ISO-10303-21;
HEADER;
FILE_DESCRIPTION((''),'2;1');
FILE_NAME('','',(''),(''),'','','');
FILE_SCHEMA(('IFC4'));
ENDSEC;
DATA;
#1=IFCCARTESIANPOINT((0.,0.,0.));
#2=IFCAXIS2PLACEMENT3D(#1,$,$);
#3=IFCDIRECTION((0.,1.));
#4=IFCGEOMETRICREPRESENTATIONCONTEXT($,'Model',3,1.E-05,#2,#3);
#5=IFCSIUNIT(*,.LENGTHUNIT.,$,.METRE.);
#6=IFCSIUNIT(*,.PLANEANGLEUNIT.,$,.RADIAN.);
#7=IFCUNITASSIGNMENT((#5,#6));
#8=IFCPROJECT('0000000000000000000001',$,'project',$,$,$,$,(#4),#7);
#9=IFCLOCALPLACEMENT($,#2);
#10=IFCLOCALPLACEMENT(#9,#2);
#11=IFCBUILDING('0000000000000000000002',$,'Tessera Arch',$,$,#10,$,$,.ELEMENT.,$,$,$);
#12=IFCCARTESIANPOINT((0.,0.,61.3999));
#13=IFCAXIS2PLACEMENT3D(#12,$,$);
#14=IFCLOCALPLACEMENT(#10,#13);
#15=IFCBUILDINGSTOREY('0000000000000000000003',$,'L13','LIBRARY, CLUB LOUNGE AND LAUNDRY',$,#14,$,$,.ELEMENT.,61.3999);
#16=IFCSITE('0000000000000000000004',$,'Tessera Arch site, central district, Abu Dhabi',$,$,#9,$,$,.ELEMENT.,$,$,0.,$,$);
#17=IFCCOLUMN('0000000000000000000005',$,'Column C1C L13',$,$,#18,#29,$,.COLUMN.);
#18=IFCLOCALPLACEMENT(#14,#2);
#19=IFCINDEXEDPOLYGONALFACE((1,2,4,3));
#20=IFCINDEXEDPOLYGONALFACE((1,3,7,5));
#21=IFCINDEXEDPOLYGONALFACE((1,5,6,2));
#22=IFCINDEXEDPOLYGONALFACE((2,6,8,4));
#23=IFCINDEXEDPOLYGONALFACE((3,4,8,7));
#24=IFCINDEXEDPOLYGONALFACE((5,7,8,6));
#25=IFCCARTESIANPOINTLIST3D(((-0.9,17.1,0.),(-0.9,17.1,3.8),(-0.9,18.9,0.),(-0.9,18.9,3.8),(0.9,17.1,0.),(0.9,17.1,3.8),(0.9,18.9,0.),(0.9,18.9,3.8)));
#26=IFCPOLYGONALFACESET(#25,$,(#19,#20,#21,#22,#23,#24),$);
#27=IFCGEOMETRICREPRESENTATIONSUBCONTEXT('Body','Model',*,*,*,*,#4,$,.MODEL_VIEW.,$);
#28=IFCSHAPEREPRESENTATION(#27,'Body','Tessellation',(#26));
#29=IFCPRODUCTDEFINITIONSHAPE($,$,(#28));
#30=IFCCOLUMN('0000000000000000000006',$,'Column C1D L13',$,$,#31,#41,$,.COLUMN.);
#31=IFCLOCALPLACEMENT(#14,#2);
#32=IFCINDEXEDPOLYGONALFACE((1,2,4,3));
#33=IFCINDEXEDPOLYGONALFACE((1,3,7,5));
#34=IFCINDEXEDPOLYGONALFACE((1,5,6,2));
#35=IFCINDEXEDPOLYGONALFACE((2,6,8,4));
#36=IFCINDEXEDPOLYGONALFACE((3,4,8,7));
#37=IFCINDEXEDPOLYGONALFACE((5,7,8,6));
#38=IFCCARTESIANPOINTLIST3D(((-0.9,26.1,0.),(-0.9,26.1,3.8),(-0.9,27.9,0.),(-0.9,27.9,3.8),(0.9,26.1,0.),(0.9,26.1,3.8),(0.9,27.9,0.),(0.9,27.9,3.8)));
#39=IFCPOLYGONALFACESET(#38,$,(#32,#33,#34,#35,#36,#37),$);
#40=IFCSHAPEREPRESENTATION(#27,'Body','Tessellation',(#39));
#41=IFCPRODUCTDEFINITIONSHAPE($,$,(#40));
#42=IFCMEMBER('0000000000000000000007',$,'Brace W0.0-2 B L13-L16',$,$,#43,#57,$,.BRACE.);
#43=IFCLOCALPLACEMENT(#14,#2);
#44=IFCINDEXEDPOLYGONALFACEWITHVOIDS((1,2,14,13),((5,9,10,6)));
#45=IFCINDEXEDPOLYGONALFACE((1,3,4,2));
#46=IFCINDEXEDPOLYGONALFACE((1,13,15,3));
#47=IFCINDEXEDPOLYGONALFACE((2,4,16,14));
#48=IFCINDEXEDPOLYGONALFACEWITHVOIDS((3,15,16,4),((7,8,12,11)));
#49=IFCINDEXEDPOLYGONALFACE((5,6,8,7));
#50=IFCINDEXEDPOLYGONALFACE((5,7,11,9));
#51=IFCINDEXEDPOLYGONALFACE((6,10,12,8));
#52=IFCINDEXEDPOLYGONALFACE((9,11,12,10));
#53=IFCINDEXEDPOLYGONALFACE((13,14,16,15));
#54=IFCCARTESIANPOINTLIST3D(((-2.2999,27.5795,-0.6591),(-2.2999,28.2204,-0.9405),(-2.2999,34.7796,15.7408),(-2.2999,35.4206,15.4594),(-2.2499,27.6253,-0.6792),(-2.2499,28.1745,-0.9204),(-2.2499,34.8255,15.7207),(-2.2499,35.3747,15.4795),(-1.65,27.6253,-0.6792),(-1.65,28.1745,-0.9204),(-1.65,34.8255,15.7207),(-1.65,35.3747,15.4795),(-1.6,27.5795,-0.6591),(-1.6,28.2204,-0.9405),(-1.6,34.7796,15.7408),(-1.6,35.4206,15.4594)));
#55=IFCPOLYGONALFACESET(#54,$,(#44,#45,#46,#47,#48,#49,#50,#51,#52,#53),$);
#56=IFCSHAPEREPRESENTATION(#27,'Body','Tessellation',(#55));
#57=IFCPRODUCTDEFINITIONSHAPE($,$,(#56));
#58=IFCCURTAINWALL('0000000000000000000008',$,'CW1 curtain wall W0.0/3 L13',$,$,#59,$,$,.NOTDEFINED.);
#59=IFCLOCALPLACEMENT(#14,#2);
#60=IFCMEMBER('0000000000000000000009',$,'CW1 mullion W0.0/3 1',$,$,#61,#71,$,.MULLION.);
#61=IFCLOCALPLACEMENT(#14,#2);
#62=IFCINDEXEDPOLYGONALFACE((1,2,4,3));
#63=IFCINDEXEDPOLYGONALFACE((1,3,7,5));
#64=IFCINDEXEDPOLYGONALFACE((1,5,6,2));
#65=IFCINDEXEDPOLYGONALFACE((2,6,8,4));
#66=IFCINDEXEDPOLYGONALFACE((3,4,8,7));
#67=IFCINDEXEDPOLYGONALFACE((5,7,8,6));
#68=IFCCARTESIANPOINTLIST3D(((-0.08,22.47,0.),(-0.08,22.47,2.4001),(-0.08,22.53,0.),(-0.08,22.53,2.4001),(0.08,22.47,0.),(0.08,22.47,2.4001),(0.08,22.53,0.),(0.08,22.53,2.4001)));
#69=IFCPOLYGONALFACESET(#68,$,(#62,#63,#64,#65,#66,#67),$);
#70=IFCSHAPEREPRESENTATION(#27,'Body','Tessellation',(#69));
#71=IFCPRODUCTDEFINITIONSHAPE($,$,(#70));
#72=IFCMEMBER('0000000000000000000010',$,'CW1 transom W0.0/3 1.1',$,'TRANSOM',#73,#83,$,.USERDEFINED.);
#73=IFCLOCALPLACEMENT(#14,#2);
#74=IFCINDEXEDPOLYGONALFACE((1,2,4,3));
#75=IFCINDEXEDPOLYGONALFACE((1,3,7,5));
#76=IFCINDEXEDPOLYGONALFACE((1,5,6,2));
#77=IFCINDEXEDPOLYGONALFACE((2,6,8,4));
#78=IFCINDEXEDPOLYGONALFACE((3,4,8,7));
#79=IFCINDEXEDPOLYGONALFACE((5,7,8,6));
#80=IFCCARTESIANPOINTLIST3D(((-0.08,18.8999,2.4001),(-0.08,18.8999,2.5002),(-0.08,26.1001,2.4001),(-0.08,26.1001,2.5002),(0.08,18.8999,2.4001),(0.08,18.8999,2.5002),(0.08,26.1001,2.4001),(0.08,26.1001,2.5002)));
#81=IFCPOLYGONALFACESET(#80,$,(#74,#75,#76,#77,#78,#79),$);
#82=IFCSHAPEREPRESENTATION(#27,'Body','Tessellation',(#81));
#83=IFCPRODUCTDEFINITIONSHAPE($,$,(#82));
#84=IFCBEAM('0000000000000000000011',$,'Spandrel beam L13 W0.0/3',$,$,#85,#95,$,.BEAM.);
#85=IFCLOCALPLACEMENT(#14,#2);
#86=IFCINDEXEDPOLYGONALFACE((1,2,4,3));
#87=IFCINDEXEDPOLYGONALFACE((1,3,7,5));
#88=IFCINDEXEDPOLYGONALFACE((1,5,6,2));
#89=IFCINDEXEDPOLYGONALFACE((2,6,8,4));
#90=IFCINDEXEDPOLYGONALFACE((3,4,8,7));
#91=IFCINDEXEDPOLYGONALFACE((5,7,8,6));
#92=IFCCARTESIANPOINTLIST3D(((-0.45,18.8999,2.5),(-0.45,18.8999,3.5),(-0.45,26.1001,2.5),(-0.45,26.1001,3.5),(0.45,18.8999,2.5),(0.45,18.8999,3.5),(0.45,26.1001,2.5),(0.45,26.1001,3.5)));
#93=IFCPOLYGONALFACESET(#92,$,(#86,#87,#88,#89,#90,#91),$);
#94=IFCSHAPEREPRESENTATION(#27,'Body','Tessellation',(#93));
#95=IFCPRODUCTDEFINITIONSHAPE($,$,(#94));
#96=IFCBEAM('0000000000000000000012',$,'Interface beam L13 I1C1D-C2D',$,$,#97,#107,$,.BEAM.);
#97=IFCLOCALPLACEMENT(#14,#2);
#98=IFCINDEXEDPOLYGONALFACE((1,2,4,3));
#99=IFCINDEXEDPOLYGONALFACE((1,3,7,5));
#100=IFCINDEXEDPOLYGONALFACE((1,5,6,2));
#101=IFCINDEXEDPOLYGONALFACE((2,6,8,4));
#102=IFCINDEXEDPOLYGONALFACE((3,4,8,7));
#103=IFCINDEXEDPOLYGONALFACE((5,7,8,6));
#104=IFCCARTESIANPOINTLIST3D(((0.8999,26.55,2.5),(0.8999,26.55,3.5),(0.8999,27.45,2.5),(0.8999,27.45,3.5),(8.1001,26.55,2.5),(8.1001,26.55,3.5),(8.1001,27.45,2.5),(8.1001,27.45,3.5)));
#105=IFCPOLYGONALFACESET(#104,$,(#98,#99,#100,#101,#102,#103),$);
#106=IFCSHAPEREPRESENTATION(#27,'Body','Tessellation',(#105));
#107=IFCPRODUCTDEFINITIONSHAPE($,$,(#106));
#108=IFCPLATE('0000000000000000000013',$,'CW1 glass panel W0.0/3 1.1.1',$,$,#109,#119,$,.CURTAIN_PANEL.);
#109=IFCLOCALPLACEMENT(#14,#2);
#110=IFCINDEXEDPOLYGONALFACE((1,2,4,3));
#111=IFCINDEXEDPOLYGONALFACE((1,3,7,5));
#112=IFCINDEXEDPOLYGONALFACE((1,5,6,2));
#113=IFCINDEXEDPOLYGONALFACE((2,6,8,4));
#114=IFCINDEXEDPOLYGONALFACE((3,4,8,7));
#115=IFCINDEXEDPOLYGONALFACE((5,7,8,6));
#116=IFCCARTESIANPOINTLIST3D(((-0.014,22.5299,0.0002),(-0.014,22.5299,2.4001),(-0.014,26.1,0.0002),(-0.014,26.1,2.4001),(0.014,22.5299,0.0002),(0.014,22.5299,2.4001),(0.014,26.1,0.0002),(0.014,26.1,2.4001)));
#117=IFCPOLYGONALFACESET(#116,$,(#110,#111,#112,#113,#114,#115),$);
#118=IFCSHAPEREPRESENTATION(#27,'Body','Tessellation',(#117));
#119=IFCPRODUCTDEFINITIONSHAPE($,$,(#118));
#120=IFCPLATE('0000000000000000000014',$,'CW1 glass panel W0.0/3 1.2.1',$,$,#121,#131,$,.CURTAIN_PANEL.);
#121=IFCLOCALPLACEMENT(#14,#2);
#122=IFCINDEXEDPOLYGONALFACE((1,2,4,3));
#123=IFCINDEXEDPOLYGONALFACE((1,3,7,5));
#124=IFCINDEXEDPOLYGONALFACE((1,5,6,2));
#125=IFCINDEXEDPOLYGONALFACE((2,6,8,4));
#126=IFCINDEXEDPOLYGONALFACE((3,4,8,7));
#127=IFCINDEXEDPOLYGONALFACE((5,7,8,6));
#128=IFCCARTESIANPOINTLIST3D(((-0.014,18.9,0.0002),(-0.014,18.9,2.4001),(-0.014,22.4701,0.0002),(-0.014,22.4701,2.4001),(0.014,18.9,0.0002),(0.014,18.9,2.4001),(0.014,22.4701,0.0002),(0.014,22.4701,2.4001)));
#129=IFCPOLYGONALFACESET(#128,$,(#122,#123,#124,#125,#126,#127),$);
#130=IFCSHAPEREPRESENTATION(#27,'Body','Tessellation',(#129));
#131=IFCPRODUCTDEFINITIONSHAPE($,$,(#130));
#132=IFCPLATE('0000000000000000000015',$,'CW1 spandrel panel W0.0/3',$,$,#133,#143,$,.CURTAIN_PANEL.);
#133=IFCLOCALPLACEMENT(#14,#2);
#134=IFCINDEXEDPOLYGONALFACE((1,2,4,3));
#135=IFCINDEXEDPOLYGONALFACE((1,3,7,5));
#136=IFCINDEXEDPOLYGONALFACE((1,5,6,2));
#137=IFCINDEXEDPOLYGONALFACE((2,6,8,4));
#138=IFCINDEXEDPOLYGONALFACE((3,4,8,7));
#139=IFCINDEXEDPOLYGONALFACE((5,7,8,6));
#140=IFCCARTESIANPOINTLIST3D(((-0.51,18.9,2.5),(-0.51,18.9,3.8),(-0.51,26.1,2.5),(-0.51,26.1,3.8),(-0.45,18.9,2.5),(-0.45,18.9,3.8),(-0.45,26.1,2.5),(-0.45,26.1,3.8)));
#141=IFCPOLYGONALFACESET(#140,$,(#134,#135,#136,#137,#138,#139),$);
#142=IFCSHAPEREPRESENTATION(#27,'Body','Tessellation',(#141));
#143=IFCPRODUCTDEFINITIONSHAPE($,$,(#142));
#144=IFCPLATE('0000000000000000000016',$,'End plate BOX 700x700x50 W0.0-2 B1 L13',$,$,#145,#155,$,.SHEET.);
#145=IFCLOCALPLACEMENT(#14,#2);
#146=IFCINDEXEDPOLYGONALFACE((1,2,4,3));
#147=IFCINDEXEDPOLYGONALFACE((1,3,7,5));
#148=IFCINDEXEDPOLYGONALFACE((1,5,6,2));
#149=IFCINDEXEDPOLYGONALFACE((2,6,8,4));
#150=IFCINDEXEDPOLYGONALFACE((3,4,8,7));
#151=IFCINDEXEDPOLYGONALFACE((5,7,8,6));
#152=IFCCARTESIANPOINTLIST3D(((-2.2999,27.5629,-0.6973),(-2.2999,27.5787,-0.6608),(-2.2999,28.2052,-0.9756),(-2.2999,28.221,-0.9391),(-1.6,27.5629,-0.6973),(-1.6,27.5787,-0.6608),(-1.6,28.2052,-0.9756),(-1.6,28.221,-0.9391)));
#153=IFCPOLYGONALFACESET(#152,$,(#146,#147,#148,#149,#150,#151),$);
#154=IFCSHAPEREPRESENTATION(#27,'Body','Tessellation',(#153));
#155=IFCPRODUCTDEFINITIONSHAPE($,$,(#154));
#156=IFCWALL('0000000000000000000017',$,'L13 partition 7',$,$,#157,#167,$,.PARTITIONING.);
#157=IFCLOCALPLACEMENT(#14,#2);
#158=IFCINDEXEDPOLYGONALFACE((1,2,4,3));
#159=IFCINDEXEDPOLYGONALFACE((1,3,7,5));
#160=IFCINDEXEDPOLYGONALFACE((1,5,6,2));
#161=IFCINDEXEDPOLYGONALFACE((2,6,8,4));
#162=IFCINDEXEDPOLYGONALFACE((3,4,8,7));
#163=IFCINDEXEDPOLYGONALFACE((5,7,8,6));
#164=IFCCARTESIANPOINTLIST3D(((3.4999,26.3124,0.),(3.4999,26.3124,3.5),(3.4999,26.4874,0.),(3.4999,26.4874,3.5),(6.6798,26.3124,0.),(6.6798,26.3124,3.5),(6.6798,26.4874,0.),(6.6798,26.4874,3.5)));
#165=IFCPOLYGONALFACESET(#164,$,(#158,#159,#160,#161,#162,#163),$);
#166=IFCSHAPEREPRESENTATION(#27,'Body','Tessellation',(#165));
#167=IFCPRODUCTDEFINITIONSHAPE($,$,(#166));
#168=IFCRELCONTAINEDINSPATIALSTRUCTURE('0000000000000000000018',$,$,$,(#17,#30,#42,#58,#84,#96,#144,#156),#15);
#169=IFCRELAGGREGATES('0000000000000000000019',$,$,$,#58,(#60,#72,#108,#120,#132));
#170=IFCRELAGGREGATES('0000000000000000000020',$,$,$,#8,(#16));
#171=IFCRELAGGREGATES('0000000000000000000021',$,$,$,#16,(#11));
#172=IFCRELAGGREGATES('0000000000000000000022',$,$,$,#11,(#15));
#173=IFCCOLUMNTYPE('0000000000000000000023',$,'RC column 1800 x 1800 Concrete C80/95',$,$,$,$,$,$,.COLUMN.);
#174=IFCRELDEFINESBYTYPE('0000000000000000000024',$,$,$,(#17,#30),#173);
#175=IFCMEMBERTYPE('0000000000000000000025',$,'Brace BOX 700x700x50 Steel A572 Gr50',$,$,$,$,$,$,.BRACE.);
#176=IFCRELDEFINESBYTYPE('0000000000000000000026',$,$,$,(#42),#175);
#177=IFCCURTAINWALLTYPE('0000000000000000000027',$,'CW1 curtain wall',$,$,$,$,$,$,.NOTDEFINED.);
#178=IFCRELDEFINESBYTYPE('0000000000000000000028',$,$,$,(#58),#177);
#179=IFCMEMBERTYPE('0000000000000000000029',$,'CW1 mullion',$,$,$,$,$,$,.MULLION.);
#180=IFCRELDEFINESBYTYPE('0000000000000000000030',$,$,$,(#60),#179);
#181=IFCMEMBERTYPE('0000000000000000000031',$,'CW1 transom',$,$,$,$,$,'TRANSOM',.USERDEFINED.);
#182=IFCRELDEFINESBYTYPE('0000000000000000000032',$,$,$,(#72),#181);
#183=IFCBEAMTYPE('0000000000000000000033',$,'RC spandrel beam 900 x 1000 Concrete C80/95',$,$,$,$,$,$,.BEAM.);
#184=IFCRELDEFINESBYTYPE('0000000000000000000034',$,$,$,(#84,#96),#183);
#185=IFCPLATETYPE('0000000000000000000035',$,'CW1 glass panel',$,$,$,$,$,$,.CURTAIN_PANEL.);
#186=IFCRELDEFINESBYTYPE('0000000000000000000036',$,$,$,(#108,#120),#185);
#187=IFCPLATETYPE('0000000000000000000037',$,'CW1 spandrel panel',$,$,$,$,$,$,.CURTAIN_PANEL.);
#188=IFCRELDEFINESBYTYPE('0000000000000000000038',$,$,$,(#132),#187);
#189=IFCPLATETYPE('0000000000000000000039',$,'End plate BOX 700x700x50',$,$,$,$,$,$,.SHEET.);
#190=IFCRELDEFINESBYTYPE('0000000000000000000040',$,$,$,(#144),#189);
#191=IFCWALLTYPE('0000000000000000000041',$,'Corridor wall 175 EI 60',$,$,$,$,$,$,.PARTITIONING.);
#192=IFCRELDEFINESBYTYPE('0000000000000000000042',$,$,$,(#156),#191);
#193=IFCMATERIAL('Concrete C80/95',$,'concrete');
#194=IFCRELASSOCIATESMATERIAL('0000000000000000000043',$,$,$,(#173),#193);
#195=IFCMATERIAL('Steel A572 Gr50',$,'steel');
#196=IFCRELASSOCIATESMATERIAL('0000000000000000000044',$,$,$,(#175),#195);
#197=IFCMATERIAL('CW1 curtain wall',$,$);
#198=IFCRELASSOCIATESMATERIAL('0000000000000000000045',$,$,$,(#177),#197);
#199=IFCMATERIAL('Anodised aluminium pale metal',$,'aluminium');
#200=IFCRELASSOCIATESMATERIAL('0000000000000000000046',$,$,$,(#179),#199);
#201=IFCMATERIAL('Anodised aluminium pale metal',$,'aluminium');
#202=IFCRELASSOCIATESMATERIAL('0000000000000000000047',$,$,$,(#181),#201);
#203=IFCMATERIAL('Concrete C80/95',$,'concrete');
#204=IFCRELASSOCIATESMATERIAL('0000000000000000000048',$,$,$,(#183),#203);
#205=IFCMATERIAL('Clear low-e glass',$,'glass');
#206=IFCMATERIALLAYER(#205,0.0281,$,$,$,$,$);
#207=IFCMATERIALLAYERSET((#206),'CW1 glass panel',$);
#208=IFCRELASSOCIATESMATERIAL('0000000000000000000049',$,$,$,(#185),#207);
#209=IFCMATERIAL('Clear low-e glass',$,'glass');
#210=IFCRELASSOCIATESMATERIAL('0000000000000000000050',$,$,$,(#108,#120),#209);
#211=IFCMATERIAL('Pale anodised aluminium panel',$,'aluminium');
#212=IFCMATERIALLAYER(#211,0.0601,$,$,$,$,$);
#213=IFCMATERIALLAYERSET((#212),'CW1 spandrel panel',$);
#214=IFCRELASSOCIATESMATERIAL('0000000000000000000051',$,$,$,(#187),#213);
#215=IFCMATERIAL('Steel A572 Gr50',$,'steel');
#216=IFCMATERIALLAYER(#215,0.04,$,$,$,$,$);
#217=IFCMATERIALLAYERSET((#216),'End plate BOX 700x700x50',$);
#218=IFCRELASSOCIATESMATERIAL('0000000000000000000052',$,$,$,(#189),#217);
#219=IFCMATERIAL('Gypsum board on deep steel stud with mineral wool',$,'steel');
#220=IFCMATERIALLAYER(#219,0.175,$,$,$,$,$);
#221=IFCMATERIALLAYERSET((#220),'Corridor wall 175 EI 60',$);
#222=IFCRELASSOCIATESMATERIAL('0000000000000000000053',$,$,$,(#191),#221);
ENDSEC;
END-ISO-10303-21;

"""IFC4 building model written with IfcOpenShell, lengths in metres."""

from ifc_helpers import new_model, si_unit, direction, frame, frame_2d, origin, origin_2d, place, context, subcontext, project, spatial, rectangle, hollow_rectangle, extrude, material, layer, layer_set, material_profile, profile_set, type_object, element, aggregate, save


model = new_model("IFC4")

# Units and contexts
model_context = context("Model", 3, precision=1e-05, world=origin(), true_north=direction((0.0, 1.0)))
body_context = subcontext(model_context, "Body", "Model", "MODEL_VIEW")
ifc_project = project(units=[si_unit("LENGTHUNIT", "METRE"), si_unit("PLANEANGLEUNIT", "RADIAN")], contexts=[model_context])

# Site, building, storey
site_placement = place(None, origin())
site = spatial("IfcSite", under=ifc_project, at=site_placement, Name="Tessera Arch site, central district, Abu Dhabi", CompositionType="ELEMENT", RefElevation=0.0)
building_placement = place(site_placement, origin())
building = spatial("IfcBuilding", under=site, at=building_placement, Name="Tessera Arch", CompositionType="ELEMENT")
storey_placement = place(building_placement, frame((0.0, 0.0, 61.3999)))
storey = spatial("IfcBuildingStorey", under=building, at=storey_placement, Name="L13", Description="LIBRARY, CLUB LOUNGE AND LAUNDRY", CompositionType="ELEMENT", Elevation=61.3999)

# Columns
ifc_material_1 = material(Name="Concrete C80/95", Category="concrete")
ifc_material_profile_1 = material_profile(ifc_material_1, rectangle(XDim=1.8, YDim=1.8, at=origin_2d()), Name="RC column 1800 x 1800 Concrete C80/95")
ifc_profile_set_1 = profile_set([ifc_material_profile_1], Name="Concrete C80/95")
column_type = type_object("IfcColumnType", Name="RC column 1800 x 1800 Concrete C80/95", PredefinedType="COLUMN", material=ifc_profile_set_1)
for number, where, z_axis, x_axis, name in (
    (1, (0.0, 18.0, 0.0), (0.0, 0.0, 1.0), (1.0, 0.0, 0.0), "Column C1C L13"),
    (2, (0.0, 27.0, 0.0), (0.0, 0.0, 1.0), (1.0, 0.0, 0.0), "Column C1D L13"),
):
    element("IfcColumn", number, at=place(storey_placement, frame(where, z_axis=z_axis, x_axis=x_axis)), inside=storey, type_object=column_type, Name=name, PredefinedType="COLUMN", context=body_context, shape_type="SweptSolid", body=[
        extrude(rectangle(XDim=1.8, YDim=1.8, at=origin_2d()), origin(), (0.0, 0.0, 1.0), 3.8),
    ])

# Member
ifc_material_2 = material(Name="Steel A572 Gr50", Category="steel")
ifc_material_profile_2 = material_profile(ifc_material_2, hollow_rectangle(XDim=0.7, YDim=0.7, WallThickness=0.05, at=origin_2d()), Name="BOX 700x700x50")
ifc_profile_set_2 = profile_set([ifc_material_profile_2], Name="Steel A572 Gr50")
member_type_1 = type_object("IfcMemberType", Name="Brace BOX 700x700x50 Steel A572 Gr50", PredefinedType="BRACE", material=ifc_profile_set_2)
member_1_placement = place(storey_placement, frame((-1.95, 27.8999, -0.7998), z_axis=(0.0, 0.402001, 0.915639), x_axis=(-1.0, 0.0, 0.0)))
element("IfcMember", 3, at=member_1_placement, inside=storey, type_object=member_type_1, Name="Brace W0.0-2 B L13-L16", PredefinedType="BRACE", context=body_context, shape_type="SweptSolid", body=[
    extrude(hollow_rectangle(XDim=0.7, YDim=0.7, WallThickness=0.05, at=origin_2d()), origin(), (0.0, 0.0, 1.0), 17.9109),
])

# Curtain wall, members
ifc_material_3 = material(Name="CW1 curtain wall")
curtain_wall_type = type_object("IfcCurtainWallType", Name="CW1 curtain wall", PredefinedType="NOTDEFINED", material=ifc_material_3)
curtain_wall_placement = place(storey_placement, origin())
curtain_wall = element("IfcCurtainWall", 4, at=curtain_wall_placement, inside=storey, type_object=curtain_wall_type, Name="CW1 curtain wall W0.0/3 L13", PredefinedType="NOTDEFINED")
ifc_material_4 = material(Name="Anodised aluminium pale metal", Category="aluminium")
ifc_material_profile_3 = material_profile(ifc_material_4, rectangle(XDim=0.1599, YDim=0.0601, at=origin_2d()), Name="AL 60x160")
ifc_profile_set_3 = profile_set([ifc_material_profile_3], Name="Anodised aluminium pale metal")
member_type_2 = type_object("IfcMemberType", Name="CW1 mullion", PredefinedType="MULLION", material=ifc_profile_set_3)
member_2_placement = place(storey_placement, frame((0.0, 22.5, 0.0), z_axis=(0.0, 0.0, 1.0), x_axis=(1.0, 0.0, 0.0)))
member_2 = element("IfcMember", 5, at=member_2_placement, type_object=member_type_2, Name="CW1 mullion W0.0/3 1", PredefinedType="MULLION", context=body_context, shape_type="SweptSolid", body=[
    extrude(rectangle(XDim=0.1599, YDim=0.0601, at=origin_2d()), origin(), (0.0, 0.0, 1.0), 2.4001),
])
ifc_material_5 = material(Name="Anodised aluminium pale metal", Category="aluminium")
ifc_material_profile_4 = material_profile(ifc_material_5, rectangle(XDim=0.1599, YDim=0.1001, at=origin_2d()), Name="AL 160x100")
ifc_profile_set_4 = profile_set([ifc_material_profile_4], Name="Anodised aluminium pale metal")
member_type_3 = type_object("IfcMemberType", Name="CW1 transom", ElementType="TRANSOM", PredefinedType="USERDEFINED", material=ifc_profile_set_4)
member_3_placement = place(storey_placement, frame((0.0, 26.1001, 2.4502), z_axis=(0.0, -1.0, 0.0), x_axis=(1.0, 0.0, 0.0)))
member_3 = element("IfcMember", 6, at=member_3_placement, type_object=member_type_3, Name="CW1 transom W0.0/3 1.1", ObjectType="TRANSOM", PredefinedType="USERDEFINED", context=body_context, shape_type="SweptSolid", body=[
    extrude(rectangle(XDim=0.1599, YDim=0.1001, at=origin_2d()), origin(), (0.0, 0.0, 1.0), 7.2002),
])

# Beams
ifc_material_6 = material(Name="Concrete C80/95", Category="concrete")
ifc_material_profile_5 = material_profile(ifc_material_6, rectangle(XDim=0.8999, YDim=1.0, at=origin_2d()), Name="RC spandrel beam 900 x 1000 Concrete C80/95")
ifc_profile_set_5 = profile_set([ifc_material_profile_5], Name="Concrete C80/95")
beam_type = type_object("IfcBeamType", Name="RC spandrel beam 900 x 1000 Concrete C80/95", PredefinedType="BEAM", material=ifc_profile_set_5)
for number, where, z_axis, x_axis, name in (
    (7, (0.0, 26.1001, 3.0), (0.0, -1.0, 0.0), (1.0, 0.0, 0.0), "Spandrel beam L13 W0.0/3"),
    (8, (0.8999, 27.0, 3.0), (1.0, 0.0, 0.0), (0.0, 1.0, 0.0), "Interface beam L13 I1C1D-C2D"),
):
    element("IfcBeam", number, at=place(storey_placement, frame(where, z_axis=z_axis, x_axis=x_axis)), inside=storey, type_object=beam_type, Name=name, PredefinedType="BEAM", context=body_context, shape_type="SweptSolid", body=[
        extrude(rectangle(XDim=0.8999, YDim=1.0, at=origin_2d()), origin(), (0.0, 0.0, 1.0), 7.2002),
    ])

# Plates
ifc_material_7 = material(Name="Clear low-e glass", Category="glass")
ifc_material_8 = material(Name="Clear low-e glass", Category="glass")
ifc_layer_1 = layer(ifc_material_8, 0.0281)
ifc_layer_set_1 = layer_set([ifc_layer_1], Name="CW1 glass panel")
plate_type_1 = type_object("IfcPlateType", Name="CW1 glass panel", PredefinedType="CURTAIN_PANEL", material=ifc_layer_set_1)
plate_1_placement = place(storey_placement, frame((0.0, 24.3149, 0.0002), z_axis=(0.0, 0.0, 1.0), x_axis=(0.0, -1.0, 0.0)))
plate_1 = element("IfcPlate", 9, at=plate_1_placement, type_object=plate_type_1, material=ifc_material_7, Name="CW1 glass panel W0.0/3 1.1.1", PredefinedType="CURTAIN_PANEL", context=body_context, shape_type="SweptSolid", body=[
    extrude(rectangle(XDim=3.5701, YDim=0.0281, at=origin_2d()), origin(), (0.0, 0.0, 1.0), 2.3999),
])
plate_2_placement = place(storey_placement, frame((0.0, 20.6851, 0.0002), z_axis=(0.0, 0.0, 1.0), x_axis=(0.0, -1.0, 0.0)))
plate_2 = element("IfcPlate", 10, at=plate_2_placement, type_object=plate_type_1, material=ifc_material_7, Name="CW1 glass panel W0.0/3 1.2.1", PredefinedType="CURTAIN_PANEL", context=body_context, shape_type="SweptSolid", body=[
    extrude(rectangle(XDim=3.5701, YDim=0.0281, at=origin_2d()), origin(), (0.0, 0.0, 1.0), 2.3999),
])
ifc_material_9 = material(Name="Pale anodised aluminium panel", Category="aluminium")
ifc_layer_2 = layer(ifc_material_9, 0.0601)
ifc_layer_set_2 = layer_set([ifc_layer_2], Name="CW1 spandrel panel")
plate_type_2 = type_object("IfcPlateType", Name="CW1 spandrel panel", PredefinedType="CURTAIN_PANEL", material=ifc_layer_set_2)
plate_3_placement = place(storey_placement, frame((-0.48, 22.5, 2.5), z_axis=(0.0, 0.0, 1.0), x_axis=(0.0, -1.0, 0.0)))
plate_3 = element("IfcPlate", 11, at=plate_3_placement, type_object=plate_type_2, Name="CW1 spandrel panel W0.0/3", PredefinedType="CURTAIN_PANEL", context=body_context, shape_type="SweptSolid", body=[
    extrude(rectangle(XDim=7.2, YDim=0.0601, at=origin_2d()), origin(), (0.0, 0.0, 1.0), 1.3),
])
aggregate(curtain_wall, [member_2, member_3, plate_1, plate_2, plate_3])
ifc_material_10 = material(Name="Steel A572 Gr50", Category="steel")
ifc_layer_3 = layer(ifc_material_10, 0.04)
ifc_layer_set_3 = layer_set([ifc_layer_3], Name="End plate BOX 700x700x50")
plate_type_3 = type_object("IfcPlateType", Name="End plate BOX 700x700x50", PredefinedType="SHEET", material=ifc_layer_set_3)
plate_4_placement = place(storey_placement, frame((-1.95, 27.884, -0.8364), z_axis=(0.0, 0.397607, 0.917556), x_axis=(-1.0, 0.0, 0.0)))
element("IfcPlate", 12, at=plate_4_placement, inside=storey, type_object=plate_type_3, Name="End plate BOX 700x700x50 W0.0-2 B1 L13", PredefinedType="SHEET", context=body_context, shape_type="SweptSolid", body=[
    extrude(rectangle(XDim=0.7, YDim=0.7, at=origin_2d()), origin(), (0.0, 0.0, 1.0), 0.0398),
])

# Wall
ifc_material_11 = material(Name="Gypsum board on deep steel stud with mineral wool", Category="steel")
ifc_layer_4 = layer(ifc_material_11, 0.175)
ifc_layer_set_4 = layer_set([ifc_layer_4], Name="Corridor wall 175 EI 60")
wall_type_1 = type_object("IfcWallType", Name="Corridor wall 175 EI 60", PredefinedType="PARTITIONING", material=ifc_layer_set_4)
wall_1_placement = place(storey_placement, frame((3.5, 26.3999, 0.0), z_axis=(0.0, 0.0, 1.0), x_axis=(1.0, 0.0, 0.0)))
element("IfcWall", 13, at=wall_1_placement, inside=storey, type_object=wall_type_1, Name="L13 partition 7", PredefinedType="PARTITIONING", context=body_context, shape_type="SweptSolid", body=[
    extrude(rectangle(XDim=3.1799, YDim=0.175, at=frame_2d((1.5898, 0.0))), origin(), (0.0, 0.0, 1.0), 3.5),
])

save(model, "model.ifc")
